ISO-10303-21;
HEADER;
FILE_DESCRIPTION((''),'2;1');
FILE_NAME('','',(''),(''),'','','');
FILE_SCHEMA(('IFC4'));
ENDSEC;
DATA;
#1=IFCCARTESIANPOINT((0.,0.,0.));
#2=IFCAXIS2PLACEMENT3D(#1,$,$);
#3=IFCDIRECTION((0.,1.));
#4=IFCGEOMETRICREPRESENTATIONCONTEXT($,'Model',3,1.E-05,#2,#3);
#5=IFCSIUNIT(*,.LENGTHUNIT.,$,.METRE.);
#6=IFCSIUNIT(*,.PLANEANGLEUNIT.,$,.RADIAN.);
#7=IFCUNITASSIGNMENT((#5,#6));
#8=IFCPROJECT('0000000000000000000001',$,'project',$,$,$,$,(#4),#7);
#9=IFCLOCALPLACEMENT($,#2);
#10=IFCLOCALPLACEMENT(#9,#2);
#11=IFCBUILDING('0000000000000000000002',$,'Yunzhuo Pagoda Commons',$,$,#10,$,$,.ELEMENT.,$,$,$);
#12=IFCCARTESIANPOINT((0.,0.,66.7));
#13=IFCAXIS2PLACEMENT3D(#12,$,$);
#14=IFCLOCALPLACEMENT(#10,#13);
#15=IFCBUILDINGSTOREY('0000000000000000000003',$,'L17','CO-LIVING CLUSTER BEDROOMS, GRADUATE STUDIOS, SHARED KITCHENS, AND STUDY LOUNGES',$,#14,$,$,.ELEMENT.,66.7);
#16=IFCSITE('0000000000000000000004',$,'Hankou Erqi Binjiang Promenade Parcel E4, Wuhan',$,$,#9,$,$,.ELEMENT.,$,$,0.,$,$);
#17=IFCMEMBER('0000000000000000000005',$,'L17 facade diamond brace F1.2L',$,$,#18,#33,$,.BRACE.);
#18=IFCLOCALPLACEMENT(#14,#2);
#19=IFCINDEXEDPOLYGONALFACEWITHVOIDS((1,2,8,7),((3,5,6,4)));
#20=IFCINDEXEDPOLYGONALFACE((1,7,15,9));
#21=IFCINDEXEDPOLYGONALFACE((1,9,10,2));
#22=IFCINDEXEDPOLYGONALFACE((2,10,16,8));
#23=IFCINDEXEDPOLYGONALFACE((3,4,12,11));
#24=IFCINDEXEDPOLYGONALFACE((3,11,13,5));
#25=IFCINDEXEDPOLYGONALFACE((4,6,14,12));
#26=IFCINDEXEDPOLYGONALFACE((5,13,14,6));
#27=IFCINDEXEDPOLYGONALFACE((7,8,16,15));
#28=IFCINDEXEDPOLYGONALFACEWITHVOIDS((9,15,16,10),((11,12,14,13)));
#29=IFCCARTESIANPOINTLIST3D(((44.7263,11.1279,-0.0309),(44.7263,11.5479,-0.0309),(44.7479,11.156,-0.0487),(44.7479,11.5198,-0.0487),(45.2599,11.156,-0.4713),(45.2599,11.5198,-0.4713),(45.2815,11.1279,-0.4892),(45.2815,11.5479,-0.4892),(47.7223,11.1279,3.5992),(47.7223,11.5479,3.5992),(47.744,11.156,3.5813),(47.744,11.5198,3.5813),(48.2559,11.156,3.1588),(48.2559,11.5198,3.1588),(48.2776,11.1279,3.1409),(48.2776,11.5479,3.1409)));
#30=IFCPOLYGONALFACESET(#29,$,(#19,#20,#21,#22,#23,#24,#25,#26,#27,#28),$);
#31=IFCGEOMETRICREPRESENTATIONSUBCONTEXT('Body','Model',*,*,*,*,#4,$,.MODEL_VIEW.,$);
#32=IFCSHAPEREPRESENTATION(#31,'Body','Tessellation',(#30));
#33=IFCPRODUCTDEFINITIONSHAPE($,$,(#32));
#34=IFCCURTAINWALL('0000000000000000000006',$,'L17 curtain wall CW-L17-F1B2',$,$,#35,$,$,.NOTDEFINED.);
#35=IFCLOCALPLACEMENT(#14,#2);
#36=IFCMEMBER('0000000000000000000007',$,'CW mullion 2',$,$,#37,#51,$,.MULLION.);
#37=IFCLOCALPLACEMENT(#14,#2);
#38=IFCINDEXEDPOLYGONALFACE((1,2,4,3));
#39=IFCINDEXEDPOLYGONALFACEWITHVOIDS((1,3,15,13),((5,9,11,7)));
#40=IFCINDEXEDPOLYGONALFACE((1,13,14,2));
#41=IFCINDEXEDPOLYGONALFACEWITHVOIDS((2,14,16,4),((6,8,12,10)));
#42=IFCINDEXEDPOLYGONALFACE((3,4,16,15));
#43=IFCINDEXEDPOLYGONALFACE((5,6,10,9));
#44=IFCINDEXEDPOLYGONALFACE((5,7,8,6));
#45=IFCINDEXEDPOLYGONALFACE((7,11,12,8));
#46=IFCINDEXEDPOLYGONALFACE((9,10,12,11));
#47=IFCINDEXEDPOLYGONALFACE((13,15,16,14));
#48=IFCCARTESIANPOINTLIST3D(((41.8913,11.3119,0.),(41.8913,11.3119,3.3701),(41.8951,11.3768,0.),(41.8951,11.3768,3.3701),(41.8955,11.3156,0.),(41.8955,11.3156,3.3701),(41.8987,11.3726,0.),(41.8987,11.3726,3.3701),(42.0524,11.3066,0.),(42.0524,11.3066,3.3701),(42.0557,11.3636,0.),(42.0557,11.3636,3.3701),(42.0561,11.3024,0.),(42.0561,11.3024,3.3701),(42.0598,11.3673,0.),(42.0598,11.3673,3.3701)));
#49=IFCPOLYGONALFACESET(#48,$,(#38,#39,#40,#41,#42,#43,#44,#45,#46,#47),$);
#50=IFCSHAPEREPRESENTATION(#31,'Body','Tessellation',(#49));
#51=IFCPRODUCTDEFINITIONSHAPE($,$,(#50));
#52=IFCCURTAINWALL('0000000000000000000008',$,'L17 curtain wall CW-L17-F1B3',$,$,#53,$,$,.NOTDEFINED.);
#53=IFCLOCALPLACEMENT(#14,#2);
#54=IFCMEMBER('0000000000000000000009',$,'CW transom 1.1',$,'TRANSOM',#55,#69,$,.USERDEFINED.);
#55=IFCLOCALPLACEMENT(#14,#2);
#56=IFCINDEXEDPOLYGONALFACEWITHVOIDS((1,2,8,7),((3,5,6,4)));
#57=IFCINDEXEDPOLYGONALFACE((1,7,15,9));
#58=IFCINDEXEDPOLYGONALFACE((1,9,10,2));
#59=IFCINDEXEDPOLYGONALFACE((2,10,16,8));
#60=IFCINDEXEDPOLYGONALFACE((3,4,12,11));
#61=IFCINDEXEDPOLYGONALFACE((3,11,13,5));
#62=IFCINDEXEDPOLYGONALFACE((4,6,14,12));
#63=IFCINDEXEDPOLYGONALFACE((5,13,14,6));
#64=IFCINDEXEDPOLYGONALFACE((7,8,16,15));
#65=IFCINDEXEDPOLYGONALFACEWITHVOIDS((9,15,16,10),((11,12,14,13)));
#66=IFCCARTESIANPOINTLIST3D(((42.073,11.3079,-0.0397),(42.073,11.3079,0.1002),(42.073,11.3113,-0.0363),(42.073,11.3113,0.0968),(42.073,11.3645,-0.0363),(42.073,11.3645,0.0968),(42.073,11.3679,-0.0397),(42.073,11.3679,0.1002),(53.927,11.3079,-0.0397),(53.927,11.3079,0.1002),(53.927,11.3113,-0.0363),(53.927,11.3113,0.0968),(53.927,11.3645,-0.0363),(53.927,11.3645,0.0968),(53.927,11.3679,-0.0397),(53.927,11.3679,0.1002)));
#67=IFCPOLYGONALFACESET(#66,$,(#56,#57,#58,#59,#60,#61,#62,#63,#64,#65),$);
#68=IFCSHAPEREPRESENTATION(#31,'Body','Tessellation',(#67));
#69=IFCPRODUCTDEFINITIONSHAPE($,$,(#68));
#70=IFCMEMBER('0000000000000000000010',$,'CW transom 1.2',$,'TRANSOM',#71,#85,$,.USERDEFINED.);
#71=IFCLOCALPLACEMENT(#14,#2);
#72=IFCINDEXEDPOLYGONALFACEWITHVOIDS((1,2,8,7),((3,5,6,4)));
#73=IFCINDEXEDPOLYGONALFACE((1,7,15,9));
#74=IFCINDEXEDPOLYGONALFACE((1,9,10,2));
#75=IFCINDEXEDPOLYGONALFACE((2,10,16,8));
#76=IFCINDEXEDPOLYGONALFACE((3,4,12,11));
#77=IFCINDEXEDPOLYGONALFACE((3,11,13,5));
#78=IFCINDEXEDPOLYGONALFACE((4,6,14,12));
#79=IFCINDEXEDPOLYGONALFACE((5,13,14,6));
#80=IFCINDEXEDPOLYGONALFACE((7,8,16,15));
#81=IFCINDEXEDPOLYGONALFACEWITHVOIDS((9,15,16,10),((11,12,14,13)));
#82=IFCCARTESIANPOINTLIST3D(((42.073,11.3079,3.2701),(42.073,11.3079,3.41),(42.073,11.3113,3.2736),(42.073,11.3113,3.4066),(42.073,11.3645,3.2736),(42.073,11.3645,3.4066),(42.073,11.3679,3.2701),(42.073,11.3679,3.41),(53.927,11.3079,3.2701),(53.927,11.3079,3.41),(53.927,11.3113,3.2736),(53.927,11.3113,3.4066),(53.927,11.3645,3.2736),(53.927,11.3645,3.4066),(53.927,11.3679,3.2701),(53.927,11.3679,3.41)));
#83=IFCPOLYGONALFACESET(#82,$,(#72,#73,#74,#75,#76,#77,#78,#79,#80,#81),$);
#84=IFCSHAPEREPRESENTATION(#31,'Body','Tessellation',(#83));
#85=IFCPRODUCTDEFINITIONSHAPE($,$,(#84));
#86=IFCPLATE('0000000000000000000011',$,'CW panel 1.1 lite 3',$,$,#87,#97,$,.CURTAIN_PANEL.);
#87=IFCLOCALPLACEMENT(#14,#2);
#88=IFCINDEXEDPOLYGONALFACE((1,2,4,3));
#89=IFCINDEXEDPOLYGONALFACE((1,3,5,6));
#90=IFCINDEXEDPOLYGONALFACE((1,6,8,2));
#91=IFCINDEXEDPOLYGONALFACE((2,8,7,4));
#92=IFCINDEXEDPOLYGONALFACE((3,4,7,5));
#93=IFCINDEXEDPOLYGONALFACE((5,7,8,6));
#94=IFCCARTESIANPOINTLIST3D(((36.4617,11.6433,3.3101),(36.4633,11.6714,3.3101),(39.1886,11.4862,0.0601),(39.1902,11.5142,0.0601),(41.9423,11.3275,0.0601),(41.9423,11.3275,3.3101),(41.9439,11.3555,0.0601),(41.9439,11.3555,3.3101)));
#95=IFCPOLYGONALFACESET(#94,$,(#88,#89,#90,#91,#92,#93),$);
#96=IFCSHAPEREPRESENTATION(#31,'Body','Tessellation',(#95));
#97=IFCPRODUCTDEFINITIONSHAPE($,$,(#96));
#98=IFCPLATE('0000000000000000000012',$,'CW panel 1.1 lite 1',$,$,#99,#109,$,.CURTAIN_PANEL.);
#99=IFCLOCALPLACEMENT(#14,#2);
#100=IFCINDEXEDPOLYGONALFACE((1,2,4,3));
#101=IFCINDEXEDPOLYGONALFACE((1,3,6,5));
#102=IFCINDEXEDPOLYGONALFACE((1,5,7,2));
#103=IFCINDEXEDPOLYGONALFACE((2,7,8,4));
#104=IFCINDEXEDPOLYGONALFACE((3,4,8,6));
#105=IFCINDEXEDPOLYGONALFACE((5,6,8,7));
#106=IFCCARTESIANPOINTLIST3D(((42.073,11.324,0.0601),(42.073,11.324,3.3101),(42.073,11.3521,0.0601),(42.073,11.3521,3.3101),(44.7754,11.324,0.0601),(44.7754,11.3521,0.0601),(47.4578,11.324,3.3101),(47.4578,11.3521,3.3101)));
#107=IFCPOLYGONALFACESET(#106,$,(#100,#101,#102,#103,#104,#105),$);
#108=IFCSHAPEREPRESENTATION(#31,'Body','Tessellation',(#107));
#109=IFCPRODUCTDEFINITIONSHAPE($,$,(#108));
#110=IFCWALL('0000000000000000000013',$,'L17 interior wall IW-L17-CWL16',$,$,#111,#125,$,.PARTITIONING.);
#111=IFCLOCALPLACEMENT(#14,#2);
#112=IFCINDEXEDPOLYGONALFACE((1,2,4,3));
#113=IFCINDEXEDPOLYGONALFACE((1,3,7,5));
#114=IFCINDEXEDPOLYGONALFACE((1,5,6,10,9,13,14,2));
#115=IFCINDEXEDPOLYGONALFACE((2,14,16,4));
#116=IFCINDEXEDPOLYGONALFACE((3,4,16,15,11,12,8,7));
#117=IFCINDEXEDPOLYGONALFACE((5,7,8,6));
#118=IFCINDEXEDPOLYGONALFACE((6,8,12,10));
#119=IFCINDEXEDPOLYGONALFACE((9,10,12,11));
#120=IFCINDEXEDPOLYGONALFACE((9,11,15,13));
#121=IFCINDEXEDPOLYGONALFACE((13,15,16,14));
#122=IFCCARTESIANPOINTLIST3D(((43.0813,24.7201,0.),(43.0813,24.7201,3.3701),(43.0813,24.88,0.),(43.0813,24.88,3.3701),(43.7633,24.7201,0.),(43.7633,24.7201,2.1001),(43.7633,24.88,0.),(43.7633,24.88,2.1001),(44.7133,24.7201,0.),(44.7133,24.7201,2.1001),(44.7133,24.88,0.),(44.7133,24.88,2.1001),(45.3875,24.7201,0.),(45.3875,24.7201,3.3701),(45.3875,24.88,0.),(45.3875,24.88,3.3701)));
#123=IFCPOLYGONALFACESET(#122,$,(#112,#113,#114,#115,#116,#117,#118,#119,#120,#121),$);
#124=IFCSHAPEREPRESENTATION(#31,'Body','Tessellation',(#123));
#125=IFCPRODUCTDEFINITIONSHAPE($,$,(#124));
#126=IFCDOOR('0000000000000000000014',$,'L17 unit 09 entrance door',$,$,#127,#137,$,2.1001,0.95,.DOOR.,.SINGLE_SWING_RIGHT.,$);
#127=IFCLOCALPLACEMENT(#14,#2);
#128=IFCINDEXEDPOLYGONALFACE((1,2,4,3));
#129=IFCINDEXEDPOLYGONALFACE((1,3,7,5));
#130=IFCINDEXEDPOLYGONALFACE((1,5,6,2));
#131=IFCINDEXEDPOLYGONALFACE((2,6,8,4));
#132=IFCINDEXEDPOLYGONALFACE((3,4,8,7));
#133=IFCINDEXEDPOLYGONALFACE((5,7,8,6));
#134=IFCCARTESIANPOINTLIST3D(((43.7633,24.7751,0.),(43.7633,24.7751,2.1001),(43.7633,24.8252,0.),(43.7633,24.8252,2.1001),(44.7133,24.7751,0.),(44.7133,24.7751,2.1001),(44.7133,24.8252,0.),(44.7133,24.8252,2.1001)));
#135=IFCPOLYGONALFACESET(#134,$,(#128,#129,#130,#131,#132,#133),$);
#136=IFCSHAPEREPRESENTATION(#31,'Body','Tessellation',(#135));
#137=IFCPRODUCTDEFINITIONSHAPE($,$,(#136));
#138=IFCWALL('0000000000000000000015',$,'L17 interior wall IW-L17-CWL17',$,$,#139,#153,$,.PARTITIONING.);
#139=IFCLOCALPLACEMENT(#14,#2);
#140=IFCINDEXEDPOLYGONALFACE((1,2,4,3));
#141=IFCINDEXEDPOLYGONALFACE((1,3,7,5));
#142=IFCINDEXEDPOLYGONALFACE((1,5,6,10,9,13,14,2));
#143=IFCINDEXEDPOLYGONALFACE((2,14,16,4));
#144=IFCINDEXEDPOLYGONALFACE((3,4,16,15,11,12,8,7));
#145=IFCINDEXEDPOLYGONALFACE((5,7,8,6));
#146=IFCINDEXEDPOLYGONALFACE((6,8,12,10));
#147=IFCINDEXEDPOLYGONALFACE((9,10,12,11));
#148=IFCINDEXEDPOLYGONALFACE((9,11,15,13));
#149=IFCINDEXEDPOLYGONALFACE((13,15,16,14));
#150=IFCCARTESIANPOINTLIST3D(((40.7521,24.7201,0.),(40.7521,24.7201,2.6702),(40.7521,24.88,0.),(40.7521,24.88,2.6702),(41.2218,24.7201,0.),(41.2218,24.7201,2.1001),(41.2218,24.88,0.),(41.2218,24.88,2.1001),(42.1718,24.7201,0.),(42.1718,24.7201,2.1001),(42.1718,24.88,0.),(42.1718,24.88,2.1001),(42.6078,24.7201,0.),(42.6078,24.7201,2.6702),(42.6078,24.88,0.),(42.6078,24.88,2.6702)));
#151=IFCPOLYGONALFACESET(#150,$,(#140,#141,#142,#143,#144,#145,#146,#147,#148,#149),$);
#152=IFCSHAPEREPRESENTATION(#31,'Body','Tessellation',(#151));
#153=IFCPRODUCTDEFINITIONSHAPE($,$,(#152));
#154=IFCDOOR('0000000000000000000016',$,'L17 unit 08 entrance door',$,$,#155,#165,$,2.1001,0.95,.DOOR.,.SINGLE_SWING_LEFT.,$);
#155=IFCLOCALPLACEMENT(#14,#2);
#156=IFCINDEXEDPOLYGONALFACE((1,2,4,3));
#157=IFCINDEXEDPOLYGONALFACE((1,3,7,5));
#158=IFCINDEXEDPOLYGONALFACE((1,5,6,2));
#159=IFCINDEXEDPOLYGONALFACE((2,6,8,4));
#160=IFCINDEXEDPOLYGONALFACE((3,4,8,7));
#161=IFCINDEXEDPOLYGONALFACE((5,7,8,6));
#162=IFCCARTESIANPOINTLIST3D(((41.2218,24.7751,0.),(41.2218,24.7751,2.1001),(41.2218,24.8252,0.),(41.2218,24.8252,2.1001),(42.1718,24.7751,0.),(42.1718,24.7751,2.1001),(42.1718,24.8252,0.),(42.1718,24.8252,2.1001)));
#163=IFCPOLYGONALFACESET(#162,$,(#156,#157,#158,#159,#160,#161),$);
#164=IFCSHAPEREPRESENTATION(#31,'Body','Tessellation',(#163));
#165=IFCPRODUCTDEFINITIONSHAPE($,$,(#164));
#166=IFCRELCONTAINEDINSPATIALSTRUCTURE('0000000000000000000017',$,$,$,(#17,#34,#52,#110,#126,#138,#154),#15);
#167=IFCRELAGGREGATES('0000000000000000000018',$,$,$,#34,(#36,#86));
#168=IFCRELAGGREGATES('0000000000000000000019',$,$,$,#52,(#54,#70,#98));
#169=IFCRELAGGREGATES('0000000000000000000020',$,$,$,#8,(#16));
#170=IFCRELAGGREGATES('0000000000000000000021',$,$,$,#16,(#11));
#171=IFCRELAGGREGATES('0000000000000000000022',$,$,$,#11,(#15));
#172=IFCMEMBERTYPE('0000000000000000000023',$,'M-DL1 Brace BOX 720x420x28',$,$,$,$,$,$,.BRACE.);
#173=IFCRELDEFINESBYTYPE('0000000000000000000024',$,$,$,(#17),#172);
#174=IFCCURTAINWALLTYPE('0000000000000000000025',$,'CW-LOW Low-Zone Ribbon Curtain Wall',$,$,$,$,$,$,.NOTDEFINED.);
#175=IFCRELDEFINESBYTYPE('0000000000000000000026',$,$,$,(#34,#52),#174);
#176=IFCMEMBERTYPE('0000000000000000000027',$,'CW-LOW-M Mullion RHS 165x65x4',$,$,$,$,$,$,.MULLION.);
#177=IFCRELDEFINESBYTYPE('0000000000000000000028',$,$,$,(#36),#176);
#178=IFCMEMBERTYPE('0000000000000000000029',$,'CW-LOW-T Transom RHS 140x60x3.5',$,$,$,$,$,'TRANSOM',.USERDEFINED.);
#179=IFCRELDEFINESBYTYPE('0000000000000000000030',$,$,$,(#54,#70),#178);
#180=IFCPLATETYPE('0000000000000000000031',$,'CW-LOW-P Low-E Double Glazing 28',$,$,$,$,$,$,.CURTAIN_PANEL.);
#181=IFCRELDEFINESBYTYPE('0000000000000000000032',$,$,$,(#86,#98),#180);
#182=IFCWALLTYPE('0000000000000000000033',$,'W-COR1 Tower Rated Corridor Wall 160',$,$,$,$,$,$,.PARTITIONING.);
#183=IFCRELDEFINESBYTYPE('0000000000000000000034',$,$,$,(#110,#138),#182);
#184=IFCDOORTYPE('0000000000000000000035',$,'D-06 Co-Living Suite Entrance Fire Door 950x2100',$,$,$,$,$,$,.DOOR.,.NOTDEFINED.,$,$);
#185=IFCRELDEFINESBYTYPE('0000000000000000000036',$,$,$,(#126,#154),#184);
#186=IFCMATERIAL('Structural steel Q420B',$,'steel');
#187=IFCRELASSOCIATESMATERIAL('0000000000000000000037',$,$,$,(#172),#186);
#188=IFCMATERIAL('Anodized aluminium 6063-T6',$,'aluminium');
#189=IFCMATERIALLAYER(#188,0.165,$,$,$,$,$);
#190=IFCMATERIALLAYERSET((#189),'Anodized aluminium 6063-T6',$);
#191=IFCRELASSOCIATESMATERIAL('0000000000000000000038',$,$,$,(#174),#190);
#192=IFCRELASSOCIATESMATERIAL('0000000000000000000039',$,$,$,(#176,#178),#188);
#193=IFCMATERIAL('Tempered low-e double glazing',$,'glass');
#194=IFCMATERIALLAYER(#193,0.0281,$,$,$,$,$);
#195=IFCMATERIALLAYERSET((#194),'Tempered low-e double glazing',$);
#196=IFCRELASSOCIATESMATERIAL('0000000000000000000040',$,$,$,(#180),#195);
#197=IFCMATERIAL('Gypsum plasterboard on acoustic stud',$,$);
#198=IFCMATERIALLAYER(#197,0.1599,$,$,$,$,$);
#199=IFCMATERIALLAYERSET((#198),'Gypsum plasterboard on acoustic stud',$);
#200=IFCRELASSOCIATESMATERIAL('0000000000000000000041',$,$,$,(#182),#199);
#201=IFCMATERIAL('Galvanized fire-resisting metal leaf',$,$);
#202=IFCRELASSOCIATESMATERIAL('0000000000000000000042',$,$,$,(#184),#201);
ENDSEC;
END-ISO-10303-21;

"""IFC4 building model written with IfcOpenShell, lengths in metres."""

from ifc_helpers import new_model, si_unit, direction, frame, frame_2d, origin, origin_with_axes, origin_2d, place, context, subcontext, project, spatial, polyline, rectangle, hollow_rectangle, outline, extrude, source, transform, mapped, material, layer, layer_set, material_profile, profile_set, type_object, element, fill, aggregate, save


model = new_model("IFC4")

# Units and contexts
model_context = context("Model", 3, precision=1e-05, world=origin(), true_north=direction((0.0, 1.0)))
body_context = subcontext(model_context, "Body", "Model", "MODEL_VIEW")
ifc_project = project(units=[si_unit("LENGTHUNIT", "METRE"), si_unit("PLANEANGLEUNIT", "RADIAN")], contexts=[model_context])

# Site, building, storey
site_placement = place(None, origin())
site = spatial("IfcSite", under=ifc_project, at=site_placement, Name="Hankou Erqi Binjiang Promenade Parcel E4, Wuhan", CompositionType="ELEMENT", RefElevation=0.0)
building_placement = place(site_placement, origin())
building = spatial("IfcBuilding", under=site, at=building_placement, Name="Yunzhuo Pagoda Commons", CompositionType="ELEMENT")
storey_placement = place(building_placement, frame((0.0, 0.0, 66.7)))
storey = spatial("IfcBuildingStorey", under=building, at=storey_placement, Name="L17", Description="CO-LIVING CLUSTER BEDROOMS, GRADUATE STUDIOS, SHARED KITCHENS, AND STUDY LOUNGES", CompositionType="ELEMENT", Elevation=66.7)

# Shared definitions
ifc_material_1 = material(Name="Structural steel Q420B", Category="steel")

# Member
ifc_material_profile_1 = material_profile(ifc_material_1, hollow_rectangle(XDim=0.4199, YDim=0.72, WallThickness=0.0281, at=origin_2d()), Name="Structural steel Q420B")
ifc_profile_set_1 = profile_set([ifc_material_profile_1], Name="Structural steel Q420B")
member_type_1 = type_object("IfcMemberType", Name="M-DL1 Brace BOX 720x420x28", PredefinedType="BRACE", material=ifc_profile_set_1)
shared_shape_1 = source(origin(), body_context, "Body", "SweptSolid", [
    extrude(hollow_rectangle(XDim=0.4199, YDim=0.72, WallThickness=0.0281, at=origin_2d()), origin(), (0.0, 0.0, 1.0), 4.7068),
])
member_1_placement = place(storey_placement, frame((45.0039, 11.3379, -0.26), z_axis=(0.63654, 0.0, 0.771244), x_axis=(0.0, 1.0, 0.0)))
element("IfcMember", 1, at=member_1_placement, inside=storey, type_object=member_type_1, Name="L17 facade diamond brace F1.2L", PredefinedType="BRACE", context=body_context, shape_type="MappedRepresentation", body=[
    mapped(shared_shape_1, transform((0.0, 0.0, 0.0), scale=1.0)),
])

# Curtain wall, member
ifc_material_2 = material(Name="Anodized aluminium 6063-T6", Category="aluminium")
ifc_layer_1 = layer(ifc_material_2, 0.165)
ifc_layer_set_1 = layer_set([ifc_layer_1], Name="Anodized aluminium 6063-T6")
curtain_wall_type = type_object("IfcCurtainWallType", Name="CW-LOW Low-Zone Ribbon Curtain Wall", PredefinedType="NOTDEFINED", material=ifc_layer_set_1)
curtain_wall_1_placement = place(storey_placement, origin())
curtain_wall_1 = element("IfcCurtainWall", 2, at=curtain_wall_1_placement, inside=storey, type_object=curtain_wall_type, Name="L17 curtain wall CW-L17-F1B2", PredefinedType="NOTDEFINED")
ifc_material_profile_2 = material_profile(ifc_material_2, hollow_rectangle(XDim=0.0649, YDim=0.165, WallThickness=0.0039, at=origin_2d()), Name="Anodized aluminium 6063-T6")
ifc_profile_set_2 = profile_set([ifc_material_profile_2], Name="Anodized aluminium 6063-T6")
member_type_2 = type_object("IfcMemberType", Name="CW-LOW-M Mullion RHS 165x65x4", PredefinedType="MULLION", material=ifc_profile_set_2)
shared_shape_2 = source(origin(), body_context, "Body", "SweptSolid", [
    extrude(hollow_rectangle(XDim=0.0649, YDim=0.165, WallThickness=0.0039, at=origin_2d()), origin(), (0.0, 0.0, 1.0), 3.3701),
])
member_2_placement = place(storey_placement, frame((41.9756, 11.3396, 0.0), z_axis=(0.0, 0.0, 1.0), x_axis=(0.057542, 0.998343, 0.0)))
member_2 = element("IfcMember", 3, at=member_2_placement, type_object=member_type_2, Name="CW mullion 2", PredefinedType="MULLION", context=body_context, shape_type="MappedRepresentation", body=[
    mapped(shared_shape_2, transform((0.0, 0.0, 0.0), scale=1.0)),
])

# Curtain wall, members
curtain_wall_2_placement = place(storey_placement, origin())
curtain_wall_2 = element("IfcCurtainWall", 4, at=curtain_wall_2_placement, inside=storey, type_object=curtain_wall_type, Name="L17 curtain wall CW-L17-F1B3", PredefinedType="NOTDEFINED")
ifc_material_profile_3 = material_profile(ifc_material_2, hollow_rectangle(XDim=0.0601, YDim=0.1399, WallThickness=0.0034, at=origin_2d()), Name="Anodized aluminium 6063-T6")
ifc_profile_set_3 = profile_set([ifc_material_profile_3], Name="Anodized aluminium 6063-T6")
member_type_3 = type_object("IfcMemberType", Name="CW-LOW-T Transom RHS 140x60x3.5", ElementType="TRANSOM", PredefinedType="USERDEFINED", material=ifc_profile_set_3)
shared_shape_3 = source(origin(), body_context, "Body", "SweptSolid", [
    extrude(hollow_rectangle(XDim=0.0601, YDim=0.1399, WallThickness=0.0034, at=origin_2d()), origin(), (0.0, 0.0, 1.0), 11.854),
])
member_3_placement = place(storey_placement, frame((42.073, 11.3379, 0.0303), z_axis=(1.0, 0.0, 0.0), x_axis=(0.0, 1.0, 0.0)))
member_3 = element("IfcMember", 5, at=member_3_placement, type_object=member_type_3, Name="CW transom 1.1", ObjectType="TRANSOM", PredefinedType="USERDEFINED", context=body_context, shape_type="MappedRepresentation", body=[
    mapped(shared_shape_3, transform((0.0, 0.0, 0.0), scale=1.0)),
])
member_4_placement = place(storey_placement, frame((42.073, 11.3379, 3.3401), z_axis=(1.0, 0.0, 0.0), x_axis=(0.0, 1.0, 0.0)))
member_4 = element("IfcMember", 6, at=member_4_placement, type_object=member_type_3, Name="CW transom 1.2", ObjectType="TRANSOM", PredefinedType="USERDEFINED", context=body_context, shape_type="MappedRepresentation", body=[
    mapped(shared_shape_3, transform((0.0, 0.0, 0.0), scale=1.0)),
])

# Plates
ifc_material_3 = material(Name="Tempered low-e double glazing", Category="glass")
ifc_layer_2 = layer(ifc_material_3, 0.0281)
ifc_layer_set_2 = layer_set([ifc_layer_2], Name="Tempered low-e double glazing")
plate_type = type_object("IfcPlateType", Name="CW-LOW-P Low-E Double Glazing 28", PredefinedType="CURTAIN_PANEL", material=ifc_layer_set_2)
plate_1_placement = place(storey_placement, frame((39.2036, 11.5134, 1.6851), z_axis=(-0.057542, -0.998343, 0.0), x_axis=(0.998343, -0.057542, 0.0)))
plate_1 = element("IfcPlate", 7, at=plate_1_placement, type_object=plate_type, Name="CW panel 1.1 lite 3", PredefinedType="CURTAIN_PANEL", context=body_context, shape_type="SweptSolid", body=[
    extrude(outline(polyline([(-2.7449, 1.625), (-0.0134, -1.625), (2.7449, -1.625), (2.7449, 1.625), (-2.7449, 1.625)])), origin(), (0.0, 0.0, 1.0), 0.0281),
])
aggregate(curtain_wall_1, [member_2, plate_1])
plate_2_placement = place(storey_placement, frame((44.7654, 11.3521, 1.6851), z_axis=(0.0, -1.0, 0.0), x_axis=(1.0, 0.0, 0.0)))
plate_2 = element("IfcPlate", 8, at=plate_2_placement, type_object=plate_type, Name="CW panel 1.1 lite 1", PredefinedType="CURTAIN_PANEL", context=body_context, shape_type="SweptSolid", body=[
    extrude(outline(polyline([(-2.6924, -1.625), (0.01, -1.625), (2.6924, 1.625), (-2.6924, 1.625), (-2.6924, -1.625)])), origin(), (0.0, 0.0, 1.0), 0.0281),
])
aggregate(curtain_wall_2, [member_3, member_4, plate_2])

# Walls, openings, doors
ifc_material_4 = material(Name="Gypsum plasterboard on acoustic stud")
ifc_layer_3 = layer(ifc_material_4, 0.1599)
ifc_layer_set_3 = layer_set([ifc_layer_3], Name="Gypsum plasterboard on acoustic stud")
wall_type_1 = type_object("IfcWallType", Name="W-COR1 Tower Rated Corridor Wall 160", PredefinedType="PARTITIONING", material=ifc_layer_set_3)
wall_1_placement = place(storey_placement, frame((45.3875, 24.8, 0.0), z_axis=(0.0, 0.0, 1.0), x_axis=(-1.0, 0.0, 0.0)))
wall_1 = element("IfcWall", 9, at=wall_1_placement, inside=storey, type_object=wall_type_1, Name="L17 interior wall IW-L17-CWL16", PredefinedType="PARTITIONING", context=body_context, shape_type="SweptSolid", body=[
    extrude(rectangle(XDim=2.3062, YDim=0.1599, at=frame_2d((1.1531, 0.0))), origin(), (0.0, 0.0, 1.0), 3.3701),
])
opening_1_placement = place(wall_1_placement, frame((0.6741, 0.0, 0.0)))
opening_1 = element("IfcOpeningElement", 10, at=opening_1_placement, cuts=wall_1, PredefinedType="OPENING", context=body_context, shape_type="SweptSolid", body=[
    extrude(rectangle(XDim=0.95, YDim=2.1001, at=frame_2d((0.4751, 1.05))), frame((0.0, 0.0898, 0.0), z_axis=(0.0, -1.0, 0.0), x_axis=(1.0, 0.0, 0.0)), (0.0, 0.0, 1.0), 0.1799),
])
ifc_material_5 = material(Name="Galvanized fire-resisting metal leaf")
door_type_1 = type_object("IfcDoorType", Name="D-06 Co-Living Suite Entrance Fire Door 950x2100", OperationType="NOTDEFINED", PredefinedType="DOOR", material=ifc_material_5)
shared_shape_4 = source(origin(), body_context, "Body", "SweptSolid", [
    extrude(rectangle(XDim=0.95, YDim=2.1001, at=frame_2d((0.4751, 1.05))), frame((0.0, 0.0249, 0.0), z_axis=(0.0, -1.0, 0.0), x_axis=(1.0, 0.0, 0.0)), (0.0, 0.0, 1.0), 0.05),
])
door_1_placement = place(opening_1_placement, origin_with_axes())
door_1 = element("IfcDoor", 11, at=door_1_placement, inside=storey, type_object=door_type_1, Name="L17 unit 09 entrance door", OperationType="SINGLE_SWING_RIGHT", OverallHeight=2.1001, OverallWidth=0.95, PredefinedType="DOOR", context=body_context, shape_type="MappedRepresentation", body=[
    mapped(shared_shape_4, transform((0.0, 0.0, 0.0), scale=1.0)),
])
fill(opening_1, door_1)
wall_2_placement = place(storey_placement, frame((42.6077, 24.8, 0.0), z_axis=(0.0, 0.0, 1.0), x_axis=(-1.0, 0.0, 0.0)))
wall_2 = element("IfcWall", 12, at=wall_2_placement, inside=storey, type_object=wall_type_1, Name="L17 interior wall IW-L17-CWL17", PredefinedType="PARTITIONING", context=body_context, shape_type="SweptSolid", body=[
    extrude(rectangle(XDim=1.8557, YDim=0.1599, at=frame_2d((0.9277, 0.0))), origin(), (0.0, 0.0, 1.0), 2.6702),
])
opening_2_placement = place(wall_2_placement, frame((0.4358, 0.0, 0.0)))
opening_2 = element("IfcOpeningElement", 13, at=opening_2_placement, cuts=wall_2, PredefinedType="OPENING", context=body_context, shape_type="SweptSolid", body=[
    extrude(rectangle(XDim=0.95, YDim=2.1001, at=frame_2d((0.4751, 1.05))), frame((0.0, 0.0898, 0.0), z_axis=(0.0, -1.0, 0.0), x_axis=(1.0, 0.0, 0.0)), (0.0, 0.0, 1.0), 0.1799),
])
door_2_placement = place(opening_2_placement, origin_with_axes())
door_2 = element("IfcDoor", 14, at=door_2_placement, inside=storey, type_object=door_type_1, Name="L17 unit 08 entrance door", OperationType="SINGLE_SWING_LEFT", OverallHeight=2.1001, OverallWidth=0.95, PredefinedType="DOOR", context=body_context, shape_type="MappedRepresentation", body=[
    mapped(shared_shape_4, transform((0.0, 0.0, 0.0), scale=1.0)),
])
fill(opening_2, door_2)

save(model, "model.ifc")
